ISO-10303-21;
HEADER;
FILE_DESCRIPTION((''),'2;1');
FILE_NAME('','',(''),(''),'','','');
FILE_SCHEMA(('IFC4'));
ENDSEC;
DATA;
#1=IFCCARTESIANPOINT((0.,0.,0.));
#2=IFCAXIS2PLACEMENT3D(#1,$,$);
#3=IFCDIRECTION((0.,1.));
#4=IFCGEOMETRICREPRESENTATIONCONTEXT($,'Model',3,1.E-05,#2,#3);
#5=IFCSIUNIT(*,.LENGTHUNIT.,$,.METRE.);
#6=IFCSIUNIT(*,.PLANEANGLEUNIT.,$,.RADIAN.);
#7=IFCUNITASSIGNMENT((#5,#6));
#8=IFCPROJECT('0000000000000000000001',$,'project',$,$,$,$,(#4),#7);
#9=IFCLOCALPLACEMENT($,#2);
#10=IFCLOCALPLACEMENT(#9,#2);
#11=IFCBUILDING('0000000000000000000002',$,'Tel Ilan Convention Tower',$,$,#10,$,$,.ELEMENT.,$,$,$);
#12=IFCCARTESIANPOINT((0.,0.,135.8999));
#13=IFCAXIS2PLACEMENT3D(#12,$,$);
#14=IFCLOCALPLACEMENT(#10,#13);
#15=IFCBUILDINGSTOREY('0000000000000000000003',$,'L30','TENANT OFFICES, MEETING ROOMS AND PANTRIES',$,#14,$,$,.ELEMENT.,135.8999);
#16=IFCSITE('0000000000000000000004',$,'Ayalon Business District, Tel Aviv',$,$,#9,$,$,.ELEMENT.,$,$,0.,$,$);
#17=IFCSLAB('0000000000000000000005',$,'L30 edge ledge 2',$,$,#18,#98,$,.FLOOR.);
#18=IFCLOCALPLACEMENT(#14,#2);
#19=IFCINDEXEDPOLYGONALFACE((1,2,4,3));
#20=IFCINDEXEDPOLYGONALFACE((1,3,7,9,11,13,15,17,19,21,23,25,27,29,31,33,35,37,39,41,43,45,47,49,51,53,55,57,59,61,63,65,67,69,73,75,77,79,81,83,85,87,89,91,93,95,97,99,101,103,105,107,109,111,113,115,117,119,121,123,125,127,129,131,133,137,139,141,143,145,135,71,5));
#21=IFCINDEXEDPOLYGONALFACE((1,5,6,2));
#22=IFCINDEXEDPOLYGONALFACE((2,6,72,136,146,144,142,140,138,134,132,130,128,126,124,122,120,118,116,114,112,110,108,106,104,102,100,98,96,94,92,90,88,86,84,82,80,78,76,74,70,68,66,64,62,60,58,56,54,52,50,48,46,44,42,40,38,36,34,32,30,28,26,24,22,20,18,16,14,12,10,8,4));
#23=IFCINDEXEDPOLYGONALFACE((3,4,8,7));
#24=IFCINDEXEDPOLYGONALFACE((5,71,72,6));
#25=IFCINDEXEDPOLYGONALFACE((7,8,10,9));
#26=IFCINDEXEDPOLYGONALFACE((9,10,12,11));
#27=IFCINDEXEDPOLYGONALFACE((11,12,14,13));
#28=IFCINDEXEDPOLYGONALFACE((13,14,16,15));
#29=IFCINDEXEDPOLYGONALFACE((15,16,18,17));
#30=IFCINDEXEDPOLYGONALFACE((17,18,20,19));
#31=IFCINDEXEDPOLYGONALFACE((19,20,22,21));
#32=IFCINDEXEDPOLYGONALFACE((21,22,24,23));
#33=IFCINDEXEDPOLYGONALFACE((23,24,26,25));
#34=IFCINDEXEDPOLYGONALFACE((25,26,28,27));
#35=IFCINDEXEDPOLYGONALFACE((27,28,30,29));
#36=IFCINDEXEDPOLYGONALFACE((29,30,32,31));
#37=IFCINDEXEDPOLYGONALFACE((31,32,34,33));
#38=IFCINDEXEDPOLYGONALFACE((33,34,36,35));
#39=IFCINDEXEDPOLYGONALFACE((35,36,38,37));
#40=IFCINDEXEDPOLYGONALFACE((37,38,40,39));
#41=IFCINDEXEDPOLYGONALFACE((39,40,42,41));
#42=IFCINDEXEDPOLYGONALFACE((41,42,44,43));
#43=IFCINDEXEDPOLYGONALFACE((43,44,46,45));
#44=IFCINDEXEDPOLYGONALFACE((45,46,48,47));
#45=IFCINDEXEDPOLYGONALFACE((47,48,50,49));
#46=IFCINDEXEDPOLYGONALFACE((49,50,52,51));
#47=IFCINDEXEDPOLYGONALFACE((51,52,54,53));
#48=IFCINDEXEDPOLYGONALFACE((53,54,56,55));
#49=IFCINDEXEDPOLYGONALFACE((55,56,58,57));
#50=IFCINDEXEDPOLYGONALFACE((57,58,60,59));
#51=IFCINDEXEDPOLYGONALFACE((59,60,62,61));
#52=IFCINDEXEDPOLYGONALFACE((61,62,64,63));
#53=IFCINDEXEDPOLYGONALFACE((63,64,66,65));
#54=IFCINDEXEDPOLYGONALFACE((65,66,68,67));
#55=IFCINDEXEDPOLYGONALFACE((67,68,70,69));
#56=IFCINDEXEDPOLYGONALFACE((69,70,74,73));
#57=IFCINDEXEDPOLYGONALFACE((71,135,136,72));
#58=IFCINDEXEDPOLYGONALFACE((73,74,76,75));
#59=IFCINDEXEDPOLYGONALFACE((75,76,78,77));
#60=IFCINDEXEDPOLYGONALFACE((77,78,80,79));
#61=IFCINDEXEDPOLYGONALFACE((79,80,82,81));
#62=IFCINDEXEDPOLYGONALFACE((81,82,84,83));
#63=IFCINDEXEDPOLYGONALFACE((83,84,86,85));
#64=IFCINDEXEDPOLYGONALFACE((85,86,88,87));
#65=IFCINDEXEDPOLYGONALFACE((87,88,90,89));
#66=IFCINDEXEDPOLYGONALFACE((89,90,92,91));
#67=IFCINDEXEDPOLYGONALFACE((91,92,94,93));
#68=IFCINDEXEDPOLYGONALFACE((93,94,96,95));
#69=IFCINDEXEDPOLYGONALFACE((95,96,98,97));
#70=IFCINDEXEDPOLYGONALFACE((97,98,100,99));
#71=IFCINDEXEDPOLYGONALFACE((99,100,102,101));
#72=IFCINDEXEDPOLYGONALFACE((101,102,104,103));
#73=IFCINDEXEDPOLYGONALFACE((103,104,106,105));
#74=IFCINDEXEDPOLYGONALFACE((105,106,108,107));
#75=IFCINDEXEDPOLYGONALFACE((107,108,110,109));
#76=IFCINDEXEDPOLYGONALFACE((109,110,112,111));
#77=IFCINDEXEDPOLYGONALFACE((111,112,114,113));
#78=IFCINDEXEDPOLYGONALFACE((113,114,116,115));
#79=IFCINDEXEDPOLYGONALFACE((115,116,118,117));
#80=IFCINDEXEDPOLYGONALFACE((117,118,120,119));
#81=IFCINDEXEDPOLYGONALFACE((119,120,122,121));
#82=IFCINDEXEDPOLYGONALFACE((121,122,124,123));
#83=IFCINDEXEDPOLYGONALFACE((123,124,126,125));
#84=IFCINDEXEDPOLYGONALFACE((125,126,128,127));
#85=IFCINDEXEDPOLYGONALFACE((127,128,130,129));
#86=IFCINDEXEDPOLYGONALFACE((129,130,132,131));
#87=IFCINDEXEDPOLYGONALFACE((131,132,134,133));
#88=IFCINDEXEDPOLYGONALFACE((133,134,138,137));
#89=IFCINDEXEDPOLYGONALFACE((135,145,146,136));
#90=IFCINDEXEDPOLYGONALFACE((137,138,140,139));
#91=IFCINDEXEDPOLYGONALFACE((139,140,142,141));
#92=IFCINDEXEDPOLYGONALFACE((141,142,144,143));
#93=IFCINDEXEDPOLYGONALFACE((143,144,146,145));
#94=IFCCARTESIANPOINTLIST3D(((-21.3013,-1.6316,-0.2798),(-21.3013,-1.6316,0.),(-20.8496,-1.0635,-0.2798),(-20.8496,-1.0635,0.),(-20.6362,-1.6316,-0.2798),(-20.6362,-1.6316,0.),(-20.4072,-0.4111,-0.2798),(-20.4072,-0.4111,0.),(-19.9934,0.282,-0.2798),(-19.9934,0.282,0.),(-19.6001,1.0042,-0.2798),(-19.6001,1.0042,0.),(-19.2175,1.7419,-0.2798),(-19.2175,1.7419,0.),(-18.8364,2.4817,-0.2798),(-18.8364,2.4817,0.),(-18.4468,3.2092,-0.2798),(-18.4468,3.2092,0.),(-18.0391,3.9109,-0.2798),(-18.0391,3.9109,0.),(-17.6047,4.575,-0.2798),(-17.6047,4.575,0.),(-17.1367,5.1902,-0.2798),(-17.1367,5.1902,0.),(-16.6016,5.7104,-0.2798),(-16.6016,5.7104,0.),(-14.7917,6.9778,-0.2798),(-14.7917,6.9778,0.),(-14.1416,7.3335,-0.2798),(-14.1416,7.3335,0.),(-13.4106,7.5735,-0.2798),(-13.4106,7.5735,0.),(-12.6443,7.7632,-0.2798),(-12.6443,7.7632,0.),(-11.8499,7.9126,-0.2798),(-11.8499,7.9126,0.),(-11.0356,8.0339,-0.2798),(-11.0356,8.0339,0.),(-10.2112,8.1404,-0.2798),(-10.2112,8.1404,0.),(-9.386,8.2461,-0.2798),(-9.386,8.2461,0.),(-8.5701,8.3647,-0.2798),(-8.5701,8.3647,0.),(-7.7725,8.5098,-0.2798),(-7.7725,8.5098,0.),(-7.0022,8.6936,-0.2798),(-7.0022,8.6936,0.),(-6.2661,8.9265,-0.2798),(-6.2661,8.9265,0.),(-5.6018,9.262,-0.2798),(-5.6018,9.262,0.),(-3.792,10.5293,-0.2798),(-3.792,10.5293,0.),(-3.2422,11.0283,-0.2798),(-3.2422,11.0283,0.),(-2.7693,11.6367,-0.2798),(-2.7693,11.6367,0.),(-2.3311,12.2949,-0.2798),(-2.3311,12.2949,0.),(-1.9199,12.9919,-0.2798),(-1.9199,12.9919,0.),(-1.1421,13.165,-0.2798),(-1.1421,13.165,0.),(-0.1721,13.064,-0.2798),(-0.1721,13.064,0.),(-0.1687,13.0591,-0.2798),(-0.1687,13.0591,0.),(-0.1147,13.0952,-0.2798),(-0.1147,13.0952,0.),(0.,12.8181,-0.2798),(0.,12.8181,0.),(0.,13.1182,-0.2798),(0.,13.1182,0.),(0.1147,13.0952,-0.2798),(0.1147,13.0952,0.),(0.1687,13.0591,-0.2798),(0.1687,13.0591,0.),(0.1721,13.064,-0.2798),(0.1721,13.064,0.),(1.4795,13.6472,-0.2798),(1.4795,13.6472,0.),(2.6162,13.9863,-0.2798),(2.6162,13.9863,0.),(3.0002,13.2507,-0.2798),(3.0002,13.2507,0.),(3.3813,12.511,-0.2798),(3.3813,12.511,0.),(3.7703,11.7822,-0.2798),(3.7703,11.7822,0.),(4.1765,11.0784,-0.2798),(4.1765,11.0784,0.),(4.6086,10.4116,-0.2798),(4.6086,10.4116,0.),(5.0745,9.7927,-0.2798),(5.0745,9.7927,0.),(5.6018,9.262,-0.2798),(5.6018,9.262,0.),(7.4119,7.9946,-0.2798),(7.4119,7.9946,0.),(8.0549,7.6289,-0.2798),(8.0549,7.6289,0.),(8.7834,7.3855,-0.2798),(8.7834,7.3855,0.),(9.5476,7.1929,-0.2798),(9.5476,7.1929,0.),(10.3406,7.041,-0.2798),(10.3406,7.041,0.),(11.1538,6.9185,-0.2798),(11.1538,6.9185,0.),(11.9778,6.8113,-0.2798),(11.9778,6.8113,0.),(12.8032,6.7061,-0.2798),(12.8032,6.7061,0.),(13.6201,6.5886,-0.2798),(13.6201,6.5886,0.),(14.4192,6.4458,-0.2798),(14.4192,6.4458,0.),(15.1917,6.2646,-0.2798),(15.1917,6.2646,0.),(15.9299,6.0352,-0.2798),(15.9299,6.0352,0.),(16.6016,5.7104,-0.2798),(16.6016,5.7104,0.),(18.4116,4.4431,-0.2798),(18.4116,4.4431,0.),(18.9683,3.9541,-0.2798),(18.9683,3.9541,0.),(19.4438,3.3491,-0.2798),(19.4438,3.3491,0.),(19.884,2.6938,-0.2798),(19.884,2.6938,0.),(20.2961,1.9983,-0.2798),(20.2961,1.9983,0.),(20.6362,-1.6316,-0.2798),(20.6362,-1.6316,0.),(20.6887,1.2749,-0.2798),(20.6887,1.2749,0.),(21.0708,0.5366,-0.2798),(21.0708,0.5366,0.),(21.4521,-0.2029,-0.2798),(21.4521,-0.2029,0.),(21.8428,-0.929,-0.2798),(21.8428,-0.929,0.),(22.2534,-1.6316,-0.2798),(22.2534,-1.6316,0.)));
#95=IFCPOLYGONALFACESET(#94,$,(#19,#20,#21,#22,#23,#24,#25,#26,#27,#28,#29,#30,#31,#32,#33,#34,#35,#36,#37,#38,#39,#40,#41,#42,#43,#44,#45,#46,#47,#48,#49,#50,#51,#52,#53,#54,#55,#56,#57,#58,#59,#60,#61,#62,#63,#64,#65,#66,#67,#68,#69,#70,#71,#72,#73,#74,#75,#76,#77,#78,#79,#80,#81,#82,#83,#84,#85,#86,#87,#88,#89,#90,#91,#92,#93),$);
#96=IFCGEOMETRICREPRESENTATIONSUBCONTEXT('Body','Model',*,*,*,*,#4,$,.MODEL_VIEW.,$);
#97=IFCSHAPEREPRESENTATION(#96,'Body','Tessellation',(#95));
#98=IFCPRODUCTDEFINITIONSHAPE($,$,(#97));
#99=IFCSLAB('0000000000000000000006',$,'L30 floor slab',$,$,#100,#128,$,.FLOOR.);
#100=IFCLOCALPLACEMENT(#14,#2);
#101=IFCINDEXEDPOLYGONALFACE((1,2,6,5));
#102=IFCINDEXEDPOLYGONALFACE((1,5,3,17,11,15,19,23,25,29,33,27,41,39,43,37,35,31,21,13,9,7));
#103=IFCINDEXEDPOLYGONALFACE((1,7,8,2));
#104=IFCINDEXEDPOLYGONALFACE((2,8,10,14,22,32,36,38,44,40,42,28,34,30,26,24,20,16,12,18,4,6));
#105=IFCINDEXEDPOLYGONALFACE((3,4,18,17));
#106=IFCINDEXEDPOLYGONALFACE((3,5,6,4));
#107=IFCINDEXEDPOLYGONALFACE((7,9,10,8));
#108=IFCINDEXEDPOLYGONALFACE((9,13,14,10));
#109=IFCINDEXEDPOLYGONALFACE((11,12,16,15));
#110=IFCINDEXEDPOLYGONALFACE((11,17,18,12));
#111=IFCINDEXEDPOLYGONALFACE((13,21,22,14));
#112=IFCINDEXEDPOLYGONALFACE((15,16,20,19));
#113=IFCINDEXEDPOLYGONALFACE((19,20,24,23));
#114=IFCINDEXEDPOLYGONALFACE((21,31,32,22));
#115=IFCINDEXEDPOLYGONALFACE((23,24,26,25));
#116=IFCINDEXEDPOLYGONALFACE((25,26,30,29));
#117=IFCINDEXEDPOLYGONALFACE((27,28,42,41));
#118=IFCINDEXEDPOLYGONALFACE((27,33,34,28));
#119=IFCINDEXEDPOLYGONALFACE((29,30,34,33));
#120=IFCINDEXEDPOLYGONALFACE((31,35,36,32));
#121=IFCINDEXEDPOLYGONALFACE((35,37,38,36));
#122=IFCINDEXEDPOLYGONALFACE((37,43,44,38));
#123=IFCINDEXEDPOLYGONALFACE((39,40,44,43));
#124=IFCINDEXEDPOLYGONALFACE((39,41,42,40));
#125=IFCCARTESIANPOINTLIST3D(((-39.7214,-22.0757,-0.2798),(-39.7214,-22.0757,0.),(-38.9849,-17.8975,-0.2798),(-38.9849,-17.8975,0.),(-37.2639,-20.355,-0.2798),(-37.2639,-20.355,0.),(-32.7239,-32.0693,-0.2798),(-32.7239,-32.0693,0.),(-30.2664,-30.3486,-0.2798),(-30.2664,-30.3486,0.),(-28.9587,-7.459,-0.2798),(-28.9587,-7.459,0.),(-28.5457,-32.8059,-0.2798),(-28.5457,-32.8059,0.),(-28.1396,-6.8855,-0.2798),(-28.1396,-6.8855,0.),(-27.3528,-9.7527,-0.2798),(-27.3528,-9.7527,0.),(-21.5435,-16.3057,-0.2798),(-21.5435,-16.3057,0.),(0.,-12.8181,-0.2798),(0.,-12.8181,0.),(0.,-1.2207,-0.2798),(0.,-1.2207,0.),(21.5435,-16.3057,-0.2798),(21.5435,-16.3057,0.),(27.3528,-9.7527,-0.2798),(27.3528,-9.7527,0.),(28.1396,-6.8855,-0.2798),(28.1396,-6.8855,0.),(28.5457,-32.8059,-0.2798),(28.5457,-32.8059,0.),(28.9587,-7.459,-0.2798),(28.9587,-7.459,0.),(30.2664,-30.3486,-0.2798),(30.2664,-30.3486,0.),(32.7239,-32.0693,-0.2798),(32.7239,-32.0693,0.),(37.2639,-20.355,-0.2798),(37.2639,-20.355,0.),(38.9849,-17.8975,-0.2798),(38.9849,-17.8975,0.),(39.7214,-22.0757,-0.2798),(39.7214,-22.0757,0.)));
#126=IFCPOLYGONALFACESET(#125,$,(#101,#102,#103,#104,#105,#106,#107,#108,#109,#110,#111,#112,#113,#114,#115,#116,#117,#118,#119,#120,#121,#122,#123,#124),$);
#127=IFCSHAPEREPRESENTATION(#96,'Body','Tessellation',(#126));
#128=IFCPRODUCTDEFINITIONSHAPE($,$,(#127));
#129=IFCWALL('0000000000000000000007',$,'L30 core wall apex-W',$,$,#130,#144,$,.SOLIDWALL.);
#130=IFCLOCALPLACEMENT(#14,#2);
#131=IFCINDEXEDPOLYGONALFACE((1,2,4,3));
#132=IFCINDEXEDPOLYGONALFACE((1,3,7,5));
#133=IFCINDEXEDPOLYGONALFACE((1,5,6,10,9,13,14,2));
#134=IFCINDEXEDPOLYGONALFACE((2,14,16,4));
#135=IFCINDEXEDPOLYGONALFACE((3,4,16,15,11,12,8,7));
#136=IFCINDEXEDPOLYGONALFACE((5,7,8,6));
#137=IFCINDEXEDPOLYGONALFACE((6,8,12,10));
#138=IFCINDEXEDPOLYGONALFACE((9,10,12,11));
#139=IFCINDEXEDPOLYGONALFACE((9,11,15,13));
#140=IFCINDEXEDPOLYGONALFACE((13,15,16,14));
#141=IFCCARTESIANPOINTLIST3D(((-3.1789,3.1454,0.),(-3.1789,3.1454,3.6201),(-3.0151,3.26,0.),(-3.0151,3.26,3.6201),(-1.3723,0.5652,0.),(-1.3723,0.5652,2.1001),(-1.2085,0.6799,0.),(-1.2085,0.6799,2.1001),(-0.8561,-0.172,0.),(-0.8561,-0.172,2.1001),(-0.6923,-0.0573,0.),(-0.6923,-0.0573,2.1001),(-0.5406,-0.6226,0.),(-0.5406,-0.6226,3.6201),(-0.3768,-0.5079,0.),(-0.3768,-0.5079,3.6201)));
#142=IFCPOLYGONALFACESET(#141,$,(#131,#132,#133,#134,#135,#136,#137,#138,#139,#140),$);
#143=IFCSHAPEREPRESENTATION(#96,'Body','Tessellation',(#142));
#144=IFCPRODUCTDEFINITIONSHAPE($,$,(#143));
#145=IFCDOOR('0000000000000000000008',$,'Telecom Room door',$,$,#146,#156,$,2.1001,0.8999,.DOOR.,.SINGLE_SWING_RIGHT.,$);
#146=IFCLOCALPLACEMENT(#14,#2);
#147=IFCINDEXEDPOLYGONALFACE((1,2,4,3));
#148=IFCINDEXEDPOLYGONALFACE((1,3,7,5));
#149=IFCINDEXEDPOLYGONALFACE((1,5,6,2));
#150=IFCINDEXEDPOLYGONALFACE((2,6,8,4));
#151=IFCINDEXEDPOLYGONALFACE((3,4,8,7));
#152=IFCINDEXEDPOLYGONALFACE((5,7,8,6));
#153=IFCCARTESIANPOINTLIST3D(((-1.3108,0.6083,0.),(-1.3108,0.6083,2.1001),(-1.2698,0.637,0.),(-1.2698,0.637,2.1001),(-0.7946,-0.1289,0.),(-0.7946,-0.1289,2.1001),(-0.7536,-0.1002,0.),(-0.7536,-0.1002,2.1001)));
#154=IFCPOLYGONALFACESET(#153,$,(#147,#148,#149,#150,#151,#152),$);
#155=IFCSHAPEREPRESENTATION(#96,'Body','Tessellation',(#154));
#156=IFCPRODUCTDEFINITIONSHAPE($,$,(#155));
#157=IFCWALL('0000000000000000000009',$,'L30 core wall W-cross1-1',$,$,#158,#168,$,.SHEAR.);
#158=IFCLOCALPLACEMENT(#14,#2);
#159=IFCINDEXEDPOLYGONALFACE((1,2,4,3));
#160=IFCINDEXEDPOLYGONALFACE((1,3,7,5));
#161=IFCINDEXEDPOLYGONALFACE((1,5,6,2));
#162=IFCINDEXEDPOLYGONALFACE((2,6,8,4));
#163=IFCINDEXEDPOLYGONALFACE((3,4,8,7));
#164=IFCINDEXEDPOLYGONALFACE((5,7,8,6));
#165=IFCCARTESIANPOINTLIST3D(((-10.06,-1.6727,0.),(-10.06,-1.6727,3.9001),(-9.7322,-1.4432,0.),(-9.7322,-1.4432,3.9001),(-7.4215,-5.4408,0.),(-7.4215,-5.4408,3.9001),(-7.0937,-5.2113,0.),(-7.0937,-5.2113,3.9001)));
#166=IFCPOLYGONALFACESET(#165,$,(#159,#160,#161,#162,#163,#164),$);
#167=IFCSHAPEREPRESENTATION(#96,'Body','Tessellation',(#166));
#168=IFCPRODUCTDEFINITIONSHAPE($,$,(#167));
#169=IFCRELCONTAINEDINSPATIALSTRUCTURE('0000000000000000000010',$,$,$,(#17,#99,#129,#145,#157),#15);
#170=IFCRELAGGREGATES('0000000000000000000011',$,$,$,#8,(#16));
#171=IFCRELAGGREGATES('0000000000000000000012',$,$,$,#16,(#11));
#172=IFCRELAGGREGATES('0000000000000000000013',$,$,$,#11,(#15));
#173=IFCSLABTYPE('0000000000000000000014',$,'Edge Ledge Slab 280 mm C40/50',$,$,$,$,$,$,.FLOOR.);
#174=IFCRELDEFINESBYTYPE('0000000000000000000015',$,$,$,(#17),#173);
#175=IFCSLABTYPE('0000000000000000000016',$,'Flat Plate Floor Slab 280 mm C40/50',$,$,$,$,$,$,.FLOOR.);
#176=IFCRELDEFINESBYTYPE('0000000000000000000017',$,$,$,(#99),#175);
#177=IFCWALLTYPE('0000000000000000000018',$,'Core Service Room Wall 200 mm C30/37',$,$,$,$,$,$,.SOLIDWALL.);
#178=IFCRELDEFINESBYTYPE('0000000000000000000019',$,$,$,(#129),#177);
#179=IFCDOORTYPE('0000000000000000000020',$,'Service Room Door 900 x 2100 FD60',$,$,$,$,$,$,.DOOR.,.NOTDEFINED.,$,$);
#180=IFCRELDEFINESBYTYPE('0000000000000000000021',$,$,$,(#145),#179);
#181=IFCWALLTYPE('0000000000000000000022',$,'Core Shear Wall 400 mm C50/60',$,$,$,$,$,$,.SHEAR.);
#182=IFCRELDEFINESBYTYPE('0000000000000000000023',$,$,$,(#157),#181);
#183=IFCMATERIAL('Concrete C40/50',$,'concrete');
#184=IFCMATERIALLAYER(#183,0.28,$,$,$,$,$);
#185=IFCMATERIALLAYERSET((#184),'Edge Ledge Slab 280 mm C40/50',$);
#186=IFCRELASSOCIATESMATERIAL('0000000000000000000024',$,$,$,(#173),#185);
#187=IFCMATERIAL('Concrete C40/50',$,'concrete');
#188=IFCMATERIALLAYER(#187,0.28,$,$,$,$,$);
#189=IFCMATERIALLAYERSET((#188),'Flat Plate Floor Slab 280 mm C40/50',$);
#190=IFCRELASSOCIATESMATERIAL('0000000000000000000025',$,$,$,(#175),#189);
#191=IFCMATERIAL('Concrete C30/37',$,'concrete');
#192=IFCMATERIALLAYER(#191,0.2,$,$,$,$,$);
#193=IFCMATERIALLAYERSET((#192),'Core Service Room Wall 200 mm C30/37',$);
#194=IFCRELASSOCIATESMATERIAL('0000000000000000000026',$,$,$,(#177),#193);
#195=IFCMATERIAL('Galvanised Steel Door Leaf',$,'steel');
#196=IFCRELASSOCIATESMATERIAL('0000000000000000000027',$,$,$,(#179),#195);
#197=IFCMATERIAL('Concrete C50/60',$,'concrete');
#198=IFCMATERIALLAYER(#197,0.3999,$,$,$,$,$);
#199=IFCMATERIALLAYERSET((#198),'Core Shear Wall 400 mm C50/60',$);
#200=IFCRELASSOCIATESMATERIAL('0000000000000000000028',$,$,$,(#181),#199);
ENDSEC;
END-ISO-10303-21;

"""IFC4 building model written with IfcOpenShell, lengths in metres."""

from ifc_helpers import new_model, si_unit, direction, frame, frame_2d, origin, place, context, subcontext, project, spatial, polyline, rectangle, outline, extrude, material, layer, layer_set, type_object, element, fill, save


model = new_model("IFC4")

# Units and contexts
model_context = context("Model", 3, precision=1e-05, world=origin(), true_north=direction((0.0, 1.0)))
body_context = subcontext(model_context, "Body", "Model", "MODEL_VIEW")
ifc_project = project(units=[si_unit("LENGTHUNIT", "METRE"), si_unit("PLANEANGLEUNIT", "RADIAN")], contexts=[model_context])

# Site, building, storey
site_placement = place(None, origin())
site = spatial("IfcSite", under=ifc_project, at=site_placement, Name="Ayalon Business District, Tel Aviv", CompositionType="ELEMENT", RefElevation=0.0)
building_placement = place(site_placement, origin())
building = spatial("IfcBuilding", under=site, at=building_placement, Name="Tel Ilan Convention Tower", CompositionType="ELEMENT")
storey_placement = place(building_placement, frame((0.0, 0.0, 135.8999)))
storey = spatial("IfcBuildingStorey", under=building, at=storey_placement, Name="L30", Description="TENANT OFFICES, MEETING ROOMS AND PANTRIES", CompositionType="ELEMENT", Elevation=135.8999)

# Slabs
ifc_material_1 = material(Name="Concrete C40/50", Category="concrete")
ifc_layer_1 = layer(ifc_material_1, 0.28)
ifc_layer_set_1 = layer_set([ifc_layer_1], Name="Edge Ledge Slab 280 mm C40/50")
slab_type_1 = type_object("IfcSlabType", Name="Edge Ledge Slab 280 mm C40/50", PredefinedType="FLOOR", material=ifc_layer_set_1)
slab_1_placement = place(storey_placement, frame((0.0, 0.0, -0.2798)))
element("IfcSlab", 1, at=slab_1_placement, inside=storey, type_object=slab_type_1, Name="L30 edge ledge 2", PredefinedType="FLOOR", context=body_context, shape_type="SweptSolid", body=[
    extrude(outline(polyline([(-19.6001, 1.0042), (-19.2175, 1.7419), (-18.8364, 2.4817), (-18.4468, 3.2092), (-18.0391, 3.9109), (-17.6047, 4.575), (-17.1367, 5.1902), (-16.6016, 5.7104), (-14.7917, 6.9778), (-14.1416, 7.3335), (-13.4106, 7.5735), (-12.6443, 7.7632), (-11.8499, 7.9126), (-11.0356, 8.0339), (-10.2112, 8.1404), (-9.386, 8.2461), (-8.5701, 8.3647), (-7.7725, 8.5098), (-7.0022, 8.6936), (-6.2661, 8.9265), (-5.6018, 9.262), (-3.792, 10.5293), (-3.2422, 11.0283), (-2.7693, 11.6367), (-2.3311, 12.2949), (-1.9199, 12.9919), (-1.1421, 13.165), (-0.1721, 13.064), (-0.1687, 13.0591), (-0.1147, 13.0952), (0.0, 13.1182), (0.1147, 13.0952), (0.1687, 13.0591), (0.1721, 13.064), (1.4795, 13.6472), (2.6162, 13.9863), (3.0002, 13.2507), (3.3813, 12.511), (3.7703, 11.7822), (4.1765, 11.0784), (4.6086, 10.4116), (5.0745, 9.7927), (5.6018, 9.262), (7.4119, 7.9946), (8.0549, 7.6289), (8.7834, 7.3855), (9.5476, 7.1929), (10.3406, 7.041), (11.1538, 6.9185), (11.9778, 6.8113), (12.8032, 6.7061), (13.6201, 6.5886), (14.4192, 6.4458), (15.1917, 6.2646), (15.9299, 6.0352), (16.6016, 5.7104), (18.4116, 4.4431), (18.9683, 3.9541), (19.4438, 3.3491), (19.884, 2.6938), (20.2961, 1.9983), (20.6887, 1.2749), (21.0708, 0.5366), (21.4521, -0.2029), (21.8428, -0.929), (22.2534, -1.6316), (20.6362, -1.6316), (0.0, 12.8181), (-20.6362, -1.6316), (-21.3013, -1.6316), (-20.8496, -1.0635), (-20.4072, -0.4111), (-19.9934, 0.282), (-19.6001, 1.0042)])), origin(), (0.0, 0.0, 1.0), 0.2798),
])
ifc_material_2 = material(Name="Concrete C40/50", Category="concrete")
ifc_layer_2 = layer(ifc_material_2, 0.28)
ifc_layer_set_2 = layer_set([ifc_layer_2], Name="Flat Plate Floor Slab 280 mm C40/50")
slab_type_2 = type_object("IfcSlabType", Name="Flat Plate Floor Slab 280 mm C40/50", PredefinedType="FLOOR", material=ifc_layer_set_2)
slab_2_placement = place(storey_placement, frame((0.0, 0.0, -0.2798)))
element("IfcSlab", 2, at=slab_2_placement, inside=storey, type_object=slab_type_2, Name="L30 floor slab", PredefinedType="FLOOR", context=body_context, shape_type="SweptSolid", body=[
    extrude(outline(polyline([(21.5435, -16.3057), (28.1396, -6.8855), (28.9587, -7.459), (27.3528, -9.7527), (38.9849, -17.8975), (37.2639, -20.355), (39.7214, -22.0757), (32.7239, -32.0693), (30.2664, -30.3486), (28.5457, -32.8059), (0.0, -12.8181), (-28.5457, -32.8059), (-30.2664, -30.3486), (-32.7239, -32.0693), (-39.7214, -22.0757), (-37.2639, -20.355), (-38.9849, -17.8975), (-27.3528, -9.7527), (-28.9587, -7.459), (-28.1396, -6.8855), (-21.5435, -16.3057), (0.0, -1.2207), (21.5435, -16.3057)])), origin(), (0.0, 0.0, 1.0), 0.2798),
])

# Wall, opening, door
ifc_material_3 = material(Name="Concrete C30/37", Category="concrete")
ifc_layer_3 = layer(ifc_material_3, 0.2)
ifc_layer_set_3 = layer_set([ifc_layer_3], Name="Core Service Room Wall 200 mm C30/37")
wall_type_1 = type_object("IfcWallType", Name="Core Service Room Wall 200 mm C30/37", PredefinedType="SOLIDWALL", material=ifc_layer_set_3)
wall_1_placement = place(storey_placement, frame((-0.4587, -0.5652, 0.0), z_axis=(0.0, 0.0, 1.0), x_axis=(-0.573576, 0.819152, 0.0)))
wall_1 = element("IfcWall", 3, at=wall_1_placement, inside=storey, type_object=wall_type_1, Name="L30 core wall apex-W", PredefinedType="SOLIDWALL", context=body_context, shape_type="SweptSolid", body=[
    extrude(rectangle(XDim=4.5999, YDim=0.2, at=frame_2d((2.2998, 0.0))), origin(), (0.0, 0.0, 1.0), 3.6201),
])
opening_1_placement = place(wall_1_placement, frame((0.55, 0.0, 0.0)))
opening_1 = element("IfcOpeningElement", 4, at=opening_1_placement, cuts=wall_1, PredefinedType="OPENING", context=body_context, shape_type="SweptSolid", body=[
    extrude(rectangle(XDim=0.8999, YDim=2.1001, at=frame_2d((0.45, 1.05))), frame((0.0, 0.1099, 0.0), z_axis=(0.0, -1.0, 0.0), x_axis=(1.0, 0.0, 0.0)), (0.0, 0.0, 1.0), 0.22),
])
ifc_material_4 = material(Name="Galvanised Steel Door Leaf", Category="steel")
door_type_1 = type_object("IfcDoorType", Name="Service Room Door 900 x 2100 FD60", OperationType="NOTDEFINED", PredefinedType="DOOR", material=ifc_material_4)
door_1_placement = place(opening_1_placement, origin())
door_1 = element("IfcDoor", 5, at=door_1_placement, inside=storey, type_object=door_type_1, Name="Telecom Room door", OperationType="SINGLE_SWING_RIGHT", OverallHeight=2.1001, OverallWidth=0.8999, PredefinedType="DOOR", context=body_context, shape_type="SweptSolid", body=[
    extrude(rectangle(XDim=0.8999, YDim=2.1001, at=frame_2d((0.45, 1.05))), frame((0.0, 0.0249, 0.0), z_axis=(0.0, -1.0, 0.0), x_axis=(1.0, 0.0, 0.0)), (0.0, 0.0, 1.0), 0.05),
])
fill(opening_1, door_1)

# Wall
ifc_material_5 = material(Name="Concrete C50/60", Category="concrete")
ifc_layer_4 = layer(ifc_material_5, 0.3999)
ifc_layer_set_4 = layer_set([ifc_layer_4], Name="Core Shear Wall 400 mm C50/60")
wall_type_2 = type_object("IfcWallType", Name="Core Shear Wall 400 mm C50/60", PredefinedType="SHEAR", material=ifc_layer_set_4)
wall_2_placement = place(storey_placement, frame((-7.2578, -5.3259, 0.0), z_axis=(0.0, 0.0, 1.0), x_axis=(-0.573541, 0.819177, 0.0)))
element("IfcWall", 6, at=wall_2_placement, inside=storey, type_object=wall_type_2, Name="L30 core wall W-cross1-1", PredefinedType="SHEAR", context=body_context, shape_type="SweptSolid", body=[
    extrude(outline(polyline([(4.5999, 0.2002), (-0.0002, 0.2), (-0.0002, -0.2002), (4.5999, -0.2), (4.5999, 0.2002)])), origin(), (0.0, 0.0, 1.0), 3.9001),
])

save(model, "model.ifc")
